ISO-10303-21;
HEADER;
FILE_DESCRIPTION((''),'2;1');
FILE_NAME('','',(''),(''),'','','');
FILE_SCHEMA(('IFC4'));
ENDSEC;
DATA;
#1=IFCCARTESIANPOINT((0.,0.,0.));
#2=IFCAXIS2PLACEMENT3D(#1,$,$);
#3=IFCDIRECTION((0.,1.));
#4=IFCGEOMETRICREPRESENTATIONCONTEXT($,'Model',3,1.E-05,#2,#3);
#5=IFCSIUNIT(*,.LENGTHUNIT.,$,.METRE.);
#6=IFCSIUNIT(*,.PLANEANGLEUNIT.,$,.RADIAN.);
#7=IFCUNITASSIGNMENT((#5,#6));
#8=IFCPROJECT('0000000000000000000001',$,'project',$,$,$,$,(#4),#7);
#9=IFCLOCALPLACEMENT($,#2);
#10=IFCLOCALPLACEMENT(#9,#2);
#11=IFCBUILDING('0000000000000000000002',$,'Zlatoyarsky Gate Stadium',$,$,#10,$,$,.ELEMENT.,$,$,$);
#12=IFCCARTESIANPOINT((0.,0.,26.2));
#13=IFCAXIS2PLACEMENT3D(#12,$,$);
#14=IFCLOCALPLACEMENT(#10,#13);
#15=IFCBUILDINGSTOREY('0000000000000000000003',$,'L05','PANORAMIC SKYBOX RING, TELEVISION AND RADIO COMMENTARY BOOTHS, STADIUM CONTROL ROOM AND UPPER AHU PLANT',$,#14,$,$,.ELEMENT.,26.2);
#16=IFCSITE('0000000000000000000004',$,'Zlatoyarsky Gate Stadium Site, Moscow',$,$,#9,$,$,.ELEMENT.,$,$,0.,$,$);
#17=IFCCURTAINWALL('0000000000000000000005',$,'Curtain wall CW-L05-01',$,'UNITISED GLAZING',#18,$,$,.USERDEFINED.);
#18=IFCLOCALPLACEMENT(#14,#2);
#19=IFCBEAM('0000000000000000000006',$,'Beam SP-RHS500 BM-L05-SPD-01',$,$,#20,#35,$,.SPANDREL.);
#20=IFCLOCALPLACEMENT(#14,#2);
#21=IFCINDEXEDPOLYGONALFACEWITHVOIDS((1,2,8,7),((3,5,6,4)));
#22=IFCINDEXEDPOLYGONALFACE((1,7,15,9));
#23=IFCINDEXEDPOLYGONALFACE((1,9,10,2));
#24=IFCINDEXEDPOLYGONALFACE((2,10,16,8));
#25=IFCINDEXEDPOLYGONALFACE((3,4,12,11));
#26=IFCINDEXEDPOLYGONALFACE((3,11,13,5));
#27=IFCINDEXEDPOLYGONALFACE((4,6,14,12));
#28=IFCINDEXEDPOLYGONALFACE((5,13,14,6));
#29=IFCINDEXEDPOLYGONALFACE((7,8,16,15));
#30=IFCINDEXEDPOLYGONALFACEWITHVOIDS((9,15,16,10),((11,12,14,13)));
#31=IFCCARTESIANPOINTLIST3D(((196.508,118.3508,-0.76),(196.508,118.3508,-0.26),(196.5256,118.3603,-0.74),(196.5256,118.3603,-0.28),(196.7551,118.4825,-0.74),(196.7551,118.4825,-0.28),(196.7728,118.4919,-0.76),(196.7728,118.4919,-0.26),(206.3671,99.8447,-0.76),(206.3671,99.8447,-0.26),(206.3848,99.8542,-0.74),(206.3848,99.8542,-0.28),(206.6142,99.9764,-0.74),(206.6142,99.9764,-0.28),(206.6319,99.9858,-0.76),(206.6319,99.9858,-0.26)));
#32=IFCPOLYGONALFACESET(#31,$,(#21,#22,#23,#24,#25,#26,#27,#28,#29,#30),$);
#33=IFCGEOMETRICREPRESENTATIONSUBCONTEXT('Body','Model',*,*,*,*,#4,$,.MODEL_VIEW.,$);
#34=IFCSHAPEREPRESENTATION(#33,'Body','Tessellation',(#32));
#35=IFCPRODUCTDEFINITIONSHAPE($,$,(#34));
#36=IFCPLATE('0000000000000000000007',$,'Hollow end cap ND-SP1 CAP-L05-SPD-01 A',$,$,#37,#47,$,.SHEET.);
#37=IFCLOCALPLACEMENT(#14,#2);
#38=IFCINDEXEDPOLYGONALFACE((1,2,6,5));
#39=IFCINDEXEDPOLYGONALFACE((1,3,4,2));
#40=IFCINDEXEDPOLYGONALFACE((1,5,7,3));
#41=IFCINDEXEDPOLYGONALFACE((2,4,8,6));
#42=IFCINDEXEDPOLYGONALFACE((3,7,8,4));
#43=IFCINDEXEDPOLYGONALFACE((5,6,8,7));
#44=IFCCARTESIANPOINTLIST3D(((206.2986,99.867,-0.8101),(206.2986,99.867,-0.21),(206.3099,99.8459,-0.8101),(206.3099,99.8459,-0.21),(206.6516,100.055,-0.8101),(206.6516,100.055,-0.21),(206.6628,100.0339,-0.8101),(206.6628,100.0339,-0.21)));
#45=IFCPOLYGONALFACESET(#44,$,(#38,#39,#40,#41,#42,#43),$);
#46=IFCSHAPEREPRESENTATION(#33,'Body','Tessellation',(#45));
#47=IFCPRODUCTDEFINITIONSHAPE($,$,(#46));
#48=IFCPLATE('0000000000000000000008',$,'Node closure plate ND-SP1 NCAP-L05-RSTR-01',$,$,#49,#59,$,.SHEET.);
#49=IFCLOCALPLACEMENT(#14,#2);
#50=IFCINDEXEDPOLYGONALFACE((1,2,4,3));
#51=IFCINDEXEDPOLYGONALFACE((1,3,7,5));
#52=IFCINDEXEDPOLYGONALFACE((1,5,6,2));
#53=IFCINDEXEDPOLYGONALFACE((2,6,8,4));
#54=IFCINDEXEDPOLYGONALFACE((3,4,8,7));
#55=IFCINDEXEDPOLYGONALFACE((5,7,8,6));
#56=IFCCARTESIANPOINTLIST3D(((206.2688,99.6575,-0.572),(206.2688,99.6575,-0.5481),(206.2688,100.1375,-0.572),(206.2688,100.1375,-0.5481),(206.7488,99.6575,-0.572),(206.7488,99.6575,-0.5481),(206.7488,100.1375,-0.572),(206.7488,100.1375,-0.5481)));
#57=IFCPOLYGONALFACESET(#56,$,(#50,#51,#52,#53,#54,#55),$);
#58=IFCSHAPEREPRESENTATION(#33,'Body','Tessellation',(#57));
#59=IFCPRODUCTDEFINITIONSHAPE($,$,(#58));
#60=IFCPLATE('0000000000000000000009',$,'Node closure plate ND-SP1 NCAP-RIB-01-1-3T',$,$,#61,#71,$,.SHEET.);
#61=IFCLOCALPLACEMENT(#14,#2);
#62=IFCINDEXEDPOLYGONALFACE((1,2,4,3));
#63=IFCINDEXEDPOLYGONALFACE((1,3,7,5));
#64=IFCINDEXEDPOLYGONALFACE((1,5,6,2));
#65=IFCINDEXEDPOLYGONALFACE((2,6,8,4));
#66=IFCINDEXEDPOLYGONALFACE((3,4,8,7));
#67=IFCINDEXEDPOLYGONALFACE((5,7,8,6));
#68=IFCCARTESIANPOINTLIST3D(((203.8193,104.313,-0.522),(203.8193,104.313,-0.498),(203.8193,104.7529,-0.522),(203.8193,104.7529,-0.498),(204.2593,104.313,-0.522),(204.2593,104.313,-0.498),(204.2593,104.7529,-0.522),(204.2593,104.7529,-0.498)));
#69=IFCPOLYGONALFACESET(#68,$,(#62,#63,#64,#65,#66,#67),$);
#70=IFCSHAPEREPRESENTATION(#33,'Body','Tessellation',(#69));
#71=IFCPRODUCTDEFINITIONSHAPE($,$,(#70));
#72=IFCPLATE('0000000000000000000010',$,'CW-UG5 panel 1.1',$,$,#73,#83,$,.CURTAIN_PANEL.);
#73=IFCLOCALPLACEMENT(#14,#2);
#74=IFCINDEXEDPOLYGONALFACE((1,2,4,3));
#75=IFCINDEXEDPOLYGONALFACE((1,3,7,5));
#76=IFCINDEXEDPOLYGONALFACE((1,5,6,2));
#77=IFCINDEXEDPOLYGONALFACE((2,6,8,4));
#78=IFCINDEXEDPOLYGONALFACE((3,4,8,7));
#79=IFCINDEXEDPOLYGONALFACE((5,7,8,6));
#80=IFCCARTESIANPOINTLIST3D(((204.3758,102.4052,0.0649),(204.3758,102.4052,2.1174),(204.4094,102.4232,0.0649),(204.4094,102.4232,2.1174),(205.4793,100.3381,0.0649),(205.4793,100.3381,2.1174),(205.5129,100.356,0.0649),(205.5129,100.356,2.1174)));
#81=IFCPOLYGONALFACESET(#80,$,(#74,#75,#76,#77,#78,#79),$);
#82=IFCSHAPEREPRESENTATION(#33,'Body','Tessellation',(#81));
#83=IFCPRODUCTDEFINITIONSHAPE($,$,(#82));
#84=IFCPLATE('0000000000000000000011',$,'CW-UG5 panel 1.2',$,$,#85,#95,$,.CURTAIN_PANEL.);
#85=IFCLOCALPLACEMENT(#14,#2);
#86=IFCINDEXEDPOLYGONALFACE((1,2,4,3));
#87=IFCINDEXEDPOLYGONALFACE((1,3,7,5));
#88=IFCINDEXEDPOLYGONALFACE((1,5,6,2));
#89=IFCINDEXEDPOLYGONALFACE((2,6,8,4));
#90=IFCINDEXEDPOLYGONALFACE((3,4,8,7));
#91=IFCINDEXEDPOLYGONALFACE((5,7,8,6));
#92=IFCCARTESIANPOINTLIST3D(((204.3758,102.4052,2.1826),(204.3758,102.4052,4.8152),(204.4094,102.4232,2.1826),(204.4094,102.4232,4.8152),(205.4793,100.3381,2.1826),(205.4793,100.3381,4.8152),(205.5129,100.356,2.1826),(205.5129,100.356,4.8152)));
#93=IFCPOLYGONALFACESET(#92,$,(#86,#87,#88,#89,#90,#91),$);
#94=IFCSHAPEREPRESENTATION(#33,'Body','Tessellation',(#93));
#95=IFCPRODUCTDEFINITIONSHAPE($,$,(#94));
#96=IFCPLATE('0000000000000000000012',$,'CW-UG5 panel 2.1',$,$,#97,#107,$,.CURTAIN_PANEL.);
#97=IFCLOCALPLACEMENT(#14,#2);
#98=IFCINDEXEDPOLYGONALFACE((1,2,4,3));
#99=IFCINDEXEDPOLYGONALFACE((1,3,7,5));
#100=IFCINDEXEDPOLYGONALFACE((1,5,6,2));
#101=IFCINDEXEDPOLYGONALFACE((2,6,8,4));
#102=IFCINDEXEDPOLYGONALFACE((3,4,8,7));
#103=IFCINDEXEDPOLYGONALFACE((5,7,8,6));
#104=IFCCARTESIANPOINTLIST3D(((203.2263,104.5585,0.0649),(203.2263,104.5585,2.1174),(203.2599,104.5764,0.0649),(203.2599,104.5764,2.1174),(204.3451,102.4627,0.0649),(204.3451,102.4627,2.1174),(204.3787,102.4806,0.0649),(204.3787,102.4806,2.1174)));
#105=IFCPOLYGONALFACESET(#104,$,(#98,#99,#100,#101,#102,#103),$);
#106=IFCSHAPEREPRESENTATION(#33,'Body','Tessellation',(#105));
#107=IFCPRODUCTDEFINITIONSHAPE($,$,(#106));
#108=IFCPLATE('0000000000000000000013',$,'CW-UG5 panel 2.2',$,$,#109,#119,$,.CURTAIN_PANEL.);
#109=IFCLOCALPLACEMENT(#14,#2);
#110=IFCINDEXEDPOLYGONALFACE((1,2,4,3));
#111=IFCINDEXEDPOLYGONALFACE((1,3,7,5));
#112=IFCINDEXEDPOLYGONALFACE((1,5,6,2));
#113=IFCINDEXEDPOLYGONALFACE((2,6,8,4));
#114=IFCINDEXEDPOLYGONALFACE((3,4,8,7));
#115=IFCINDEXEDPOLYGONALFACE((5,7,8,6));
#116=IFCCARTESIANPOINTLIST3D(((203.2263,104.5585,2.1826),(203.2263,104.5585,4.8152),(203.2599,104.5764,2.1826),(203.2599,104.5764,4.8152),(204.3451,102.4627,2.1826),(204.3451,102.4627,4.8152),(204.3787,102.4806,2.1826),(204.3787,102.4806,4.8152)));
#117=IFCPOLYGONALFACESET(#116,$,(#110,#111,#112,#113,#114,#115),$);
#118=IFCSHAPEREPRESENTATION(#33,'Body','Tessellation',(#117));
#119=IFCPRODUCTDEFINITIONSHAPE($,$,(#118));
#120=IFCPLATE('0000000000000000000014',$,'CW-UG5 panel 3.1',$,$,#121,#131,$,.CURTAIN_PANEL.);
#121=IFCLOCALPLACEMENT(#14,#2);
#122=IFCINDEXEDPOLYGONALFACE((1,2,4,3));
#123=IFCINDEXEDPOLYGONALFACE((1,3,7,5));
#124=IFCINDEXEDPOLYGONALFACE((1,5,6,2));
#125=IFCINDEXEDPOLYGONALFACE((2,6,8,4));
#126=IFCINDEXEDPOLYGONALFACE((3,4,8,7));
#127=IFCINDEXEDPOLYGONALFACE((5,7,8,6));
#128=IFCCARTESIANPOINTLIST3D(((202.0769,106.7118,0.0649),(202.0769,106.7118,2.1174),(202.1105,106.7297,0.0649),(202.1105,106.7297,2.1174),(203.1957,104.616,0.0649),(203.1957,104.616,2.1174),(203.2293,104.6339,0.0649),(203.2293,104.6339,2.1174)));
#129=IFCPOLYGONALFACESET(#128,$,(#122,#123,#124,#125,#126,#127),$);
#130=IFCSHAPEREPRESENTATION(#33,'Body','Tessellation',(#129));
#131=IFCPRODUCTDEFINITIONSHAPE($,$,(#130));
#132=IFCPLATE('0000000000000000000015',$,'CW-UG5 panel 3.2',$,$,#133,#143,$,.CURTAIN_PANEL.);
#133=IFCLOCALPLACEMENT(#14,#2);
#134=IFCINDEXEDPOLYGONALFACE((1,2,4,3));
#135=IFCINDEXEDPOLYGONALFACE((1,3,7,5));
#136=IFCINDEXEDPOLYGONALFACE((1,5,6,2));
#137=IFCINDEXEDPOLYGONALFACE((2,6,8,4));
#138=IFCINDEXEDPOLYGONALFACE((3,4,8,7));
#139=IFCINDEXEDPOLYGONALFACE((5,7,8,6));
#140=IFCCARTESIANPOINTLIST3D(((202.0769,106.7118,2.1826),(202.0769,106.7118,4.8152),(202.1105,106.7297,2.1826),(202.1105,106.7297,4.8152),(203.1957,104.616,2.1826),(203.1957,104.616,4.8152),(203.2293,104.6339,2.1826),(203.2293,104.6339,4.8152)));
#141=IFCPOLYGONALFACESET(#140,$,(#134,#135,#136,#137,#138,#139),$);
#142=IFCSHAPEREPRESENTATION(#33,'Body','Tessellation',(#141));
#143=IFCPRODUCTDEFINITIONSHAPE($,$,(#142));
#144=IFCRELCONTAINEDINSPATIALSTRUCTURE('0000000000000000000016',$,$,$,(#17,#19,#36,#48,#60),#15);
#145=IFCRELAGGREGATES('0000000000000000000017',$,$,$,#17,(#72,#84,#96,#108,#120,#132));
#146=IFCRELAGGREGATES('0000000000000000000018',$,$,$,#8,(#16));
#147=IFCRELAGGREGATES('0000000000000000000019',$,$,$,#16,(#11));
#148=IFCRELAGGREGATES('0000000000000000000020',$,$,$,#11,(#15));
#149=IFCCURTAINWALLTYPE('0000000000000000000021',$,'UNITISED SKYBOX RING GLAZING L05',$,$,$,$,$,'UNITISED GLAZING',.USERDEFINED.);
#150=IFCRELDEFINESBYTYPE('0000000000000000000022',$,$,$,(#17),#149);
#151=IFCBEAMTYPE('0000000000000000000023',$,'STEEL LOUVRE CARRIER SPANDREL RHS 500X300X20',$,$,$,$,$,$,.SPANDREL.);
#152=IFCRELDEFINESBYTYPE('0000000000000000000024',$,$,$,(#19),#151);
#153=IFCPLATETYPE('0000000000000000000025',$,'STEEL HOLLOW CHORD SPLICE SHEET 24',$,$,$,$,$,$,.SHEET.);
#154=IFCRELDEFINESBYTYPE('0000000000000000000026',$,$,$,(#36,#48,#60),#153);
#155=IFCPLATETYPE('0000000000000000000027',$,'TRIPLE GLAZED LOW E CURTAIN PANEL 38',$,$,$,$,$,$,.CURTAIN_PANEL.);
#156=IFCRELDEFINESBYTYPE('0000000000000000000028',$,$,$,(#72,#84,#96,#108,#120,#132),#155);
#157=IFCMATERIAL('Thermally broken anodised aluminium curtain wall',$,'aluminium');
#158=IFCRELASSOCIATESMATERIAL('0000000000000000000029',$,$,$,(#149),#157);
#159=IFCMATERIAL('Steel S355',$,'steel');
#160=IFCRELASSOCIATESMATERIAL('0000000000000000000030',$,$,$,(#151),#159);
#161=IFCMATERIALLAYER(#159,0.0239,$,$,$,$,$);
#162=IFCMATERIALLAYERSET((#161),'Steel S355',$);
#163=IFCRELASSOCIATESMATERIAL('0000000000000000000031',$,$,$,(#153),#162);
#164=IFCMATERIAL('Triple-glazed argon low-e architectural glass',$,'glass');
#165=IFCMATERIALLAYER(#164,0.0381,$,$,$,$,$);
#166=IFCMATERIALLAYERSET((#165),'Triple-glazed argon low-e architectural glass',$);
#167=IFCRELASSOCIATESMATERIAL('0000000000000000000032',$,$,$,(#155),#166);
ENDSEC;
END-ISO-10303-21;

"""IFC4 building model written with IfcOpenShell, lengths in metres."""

from ifc_helpers import new_model, si_unit, direction, frame, origin, origin_2d, place, context, subcontext, project, spatial, rectangle, hollow_rectangle, extrude, material, layer, layer_set, material_profile, profile_set, type_object, element, aggregate, save


model = new_model("IFC4")

# Units and contexts
model_context = context("Model", 3, precision=1e-05, world=origin(), true_north=direction((0.0, 1.0)))
body_context = subcontext(model_context, "Body", "Model", "MODEL_VIEW")
ifc_project = project(units=[si_unit("LENGTHUNIT", "METRE"), si_unit("PLANEANGLEUNIT", "RADIAN")], contexts=[model_context])

# Site, building, storey
site_placement = place(None, origin())
site = spatial("IfcSite", under=ifc_project, at=site_placement, Name="Zlatoyarsky Gate Stadium Site, Moscow", CompositionType="ELEMENT", RefElevation=0.0)
building_placement = place(site_placement, origin())
building = spatial("IfcBuilding", under=site, at=building_placement, Name="Zlatoyarsky Gate Stadium", CompositionType="ELEMENT")
storey_placement = place(building_placement, frame((0.0, 0.0, 26.2)))
storey = spatial("IfcBuildingStorey", under=building, at=storey_placement, Name="L05", Description="PANORAMIC SKYBOX RING, TELEVISION AND RADIO COMMENTARY BOOTHS, STADIUM CONTROL ROOM AND UPPER AHU PLANT", CompositionType="ELEMENT", Elevation=26.2)

# Curtain wall
ifc_material_1 = material(Name="Thermally broken anodised aluminium curtain wall", Category="aluminium")
curtain_wall_type = type_object("IfcCurtainWallType", Name="UNITISED SKYBOX RING GLAZING L05", ElementType="UNITISED GLAZING", PredefinedType="USERDEFINED", material=ifc_material_1)
curtain_wall_placement = place(storey_placement, origin())
curtain_wall = element("IfcCurtainWall", 1, at=curtain_wall_placement, inside=storey, type_object=curtain_wall_type, Name="Curtain wall CW-L05-01", ObjectType="UNITISED GLAZING", PredefinedType="USERDEFINED")

# Shared definitions
ifc_material_2 = material(Name="Steel S355", Category="steel")

# Beam
ifc_material_profile_1 = material_profile(ifc_material_2, hollow_rectangle(XDim=0.3, YDim=0.5, WallThickness=0.02, at=origin_2d()), Name="RHS 500X300X20")
ifc_profile_set_1 = profile_set([ifc_material_profile_1], Name="Steel S355")
beam_type = type_object("IfcBeamType", Name="STEEL LOUVRE CARRIER SPANDREL RHS 500X300X20", PredefinedType="SPANDREL", material=ifc_profile_set_1)
beam_placement = place(storey_placement, frame((206.4995, 99.9153, -0.51), z_axis=(-0.470188, 0.882567, 0.0), x_axis=(-0.882567, -0.470188, 0.0)))
element("IfcBeam", 2, at=beam_placement, inside=storey, type_object=beam_type, Name="Beam SP-RHS500 BM-L05-SPD-01", PredefinedType="SPANDREL", context=body_context, shape_type="SweptSolid", body=[
    extrude(hollow_rectangle(XDim=0.3, YDim=0.5, WallThickness=0.02, at=origin_2d()), origin(), (0.0, 0.0, 1.0), 20.9685),
])

# Plates
ifc_layer_1 = layer(ifc_material_2, 0.0239)
ifc_layer_set_1 = layer_set([ifc_layer_1], Name="Steel S355")
plate_type_1 = type_object("IfcPlateType", Name="STEEL HOLLOW CHORD SPLICE SHEET 24", PredefinedType="SHEET", material=ifc_layer_set_1)
plate_1_placement = place(storey_placement, frame((206.4807, 99.9504, -0.8101), z_axis=(0.0, 0.0, 1.0), x_axis=(-0.470188, 0.882566, 0.0)))
element("IfcPlate", 3, at=plate_1_placement, inside=storey, type_object=plate_type_1, Name="Hollow end cap ND-SP1 CAP-L05-SPD-01 A", PredefinedType="SHEET", context=body_context, shape_type="SweptSolid", body=[
    extrude(rectangle(XDim=0.0239, YDim=0.3999, at=origin_2d()), origin(), (0.0, 0.0, 1.0), 0.6001),
])
plate_2_placement = place(storey_placement, frame((206.5088, 99.8975, -0.572), z_axis=(0.0, 0.0, 1.0), x_axis=(1.0, 0.0, 0.0)))
element("IfcPlate", 4, at=plate_2_placement, inside=storey, type_object=plate_type_1, Name="Node closure plate ND-SP1 NCAP-L05-RSTR-01", PredefinedType="SHEET", context=body_context, shape_type="SweptSolid", body=[
    extrude(rectangle(XDim=0.48, YDim=0.48, at=origin_2d()), origin(), (0.0, 0.0, 1.0), 0.0239),
])
plate_3_placement = place(storey_placement, frame((204.0393, 104.533, -0.522), z_axis=(0.0, 0.0, 1.0), x_axis=(1.0, 0.0, 0.0)))
element("IfcPlate", 5, at=plate_3_placement, inside=storey, type_object=plate_type_1, Name="Node closure plate ND-SP1 NCAP-RIB-01-1-3T", PredefinedType="SHEET", context=body_context, shape_type="SweptSolid", body=[
    extrude(rectangle(XDim=0.4399, YDim=0.4399, at=origin_2d()), origin(), (0.0, 0.0, 1.0), 0.0239),
])

# Plates
ifc_material_3 = material(Name="Triple-glazed argon low-e architectural glass", Category="glass")
ifc_layer_2 = layer(ifc_material_3, 0.0381)
ifc_layer_set_2 = layer_set([ifc_layer_2], Name="Triple-glazed argon low-e architectural glass")
plate_type_2 = type_object("IfcPlateType", Name="TRIPLE GLAZED LOW E CURTAIN PANEL 38", PredefinedType="CURTAIN_PANEL", material=ifc_layer_set_2)
plate_4_placement = place(storey_placement, frame((204.9443, 101.3806, 0.0649), z_axis=(0.0, 0.0, 1.0), x_axis=(-0.470937, 0.882167, 0.0)))
plate_4 = element("IfcPlate", 6, at=plate_4_placement, type_object=plate_type_2, Name="CW-UG5 panel 1.1", PredefinedType="CURTAIN_PANEL", context=body_context, shape_type="SweptSolid", body=[
    extrude(rectangle(XDim=2.3433, YDim=0.0381, at=origin_2d()), origin(), (0.0, 0.0, 1.0), 2.0525),
])
plate_5_placement = place(storey_placement, frame((204.9443, 101.3806, 2.1826), z_axis=(0.0, 0.0, 1.0), x_axis=(-0.470937, 0.882167, 0.0)))
plate_5 = element("IfcPlate", 7, at=plate_5_placement, type_object=plate_type_2, Name="CW-UG5 panel 1.2", PredefinedType="CURTAIN_PANEL", context=body_context, shape_type="SweptSolid", body=[
    extrude(rectangle(XDim=2.3433, YDim=0.0381, at=origin_2d()), origin(), (0.0, 0.0, 1.0), 2.6326),
])
plate_6_placement = place(storey_placement, frame((203.8025, 103.5195, 0.0649), z_axis=(0.0, 0.0, 1.0), x_axis=(-0.470937, 0.882167, 0.0)))
plate_6 = element("IfcPlate", 8, at=plate_6_placement, type_object=plate_type_2, Name="CW-UG5 panel 2.1", PredefinedType="CURTAIN_PANEL", context=body_context, shape_type="SweptSolid", body=[
    extrude(rectangle(XDim=2.3757, YDim=0.0381, at=origin_2d()), origin(), (0.0, 0.0, 1.0), 2.0525),
])
plate_7_placement = place(storey_placement, frame((203.8025, 103.5195, 2.1826), z_axis=(0.0, 0.0, 1.0), x_axis=(-0.470937, 0.882167, 0.0)))
plate_7 = element("IfcPlate", 9, at=plate_7_placement, type_object=plate_type_2, Name="CW-UG5 panel 2.2", PredefinedType="CURTAIN_PANEL", context=body_context, shape_type="SweptSolid", body=[
    extrude(rectangle(XDim=2.3757, YDim=0.0381, at=origin_2d()), origin(), (0.0, 0.0, 1.0), 2.6326),
])
plate_8_placement = place(storey_placement, frame((202.6531, 105.6729, 0.0649), z_axis=(0.0, 0.0, 1.0), x_axis=(-0.470937, 0.882167, 0.0)))
plate_8 = element("IfcPlate", 10, at=plate_8_placement, type_object=plate_type_2, Name="CW-UG5 panel 3.1", PredefinedType="CURTAIN_PANEL", context=body_context, shape_type="SweptSolid", body=[
    extrude(rectangle(XDim=2.3757, YDim=0.0381, at=origin_2d()), origin(), (0.0, 0.0, 1.0), 2.0525),
])
plate_9_placement = place(storey_placement, frame((202.6531, 105.6729, 2.1826), z_axis=(0.0, 0.0, 1.0), x_axis=(-0.470937, 0.882167, 0.0)))
plate_9 = element("IfcPlate", 11, at=plate_9_placement, type_object=plate_type_2, Name="CW-UG5 panel 3.2", PredefinedType="CURTAIN_PANEL", context=body_context, shape_type="SweptSolid", body=[
    extrude(rectangle(XDim=2.3757, YDim=0.0381, at=origin_2d()), origin(), (0.0, 0.0, 1.0), 2.6326),
])
aggregate(curtain_wall, [plate_4, plate_5, plate_6, plate_7, plate_8, plate_9])

save(model, "model.ifc")
